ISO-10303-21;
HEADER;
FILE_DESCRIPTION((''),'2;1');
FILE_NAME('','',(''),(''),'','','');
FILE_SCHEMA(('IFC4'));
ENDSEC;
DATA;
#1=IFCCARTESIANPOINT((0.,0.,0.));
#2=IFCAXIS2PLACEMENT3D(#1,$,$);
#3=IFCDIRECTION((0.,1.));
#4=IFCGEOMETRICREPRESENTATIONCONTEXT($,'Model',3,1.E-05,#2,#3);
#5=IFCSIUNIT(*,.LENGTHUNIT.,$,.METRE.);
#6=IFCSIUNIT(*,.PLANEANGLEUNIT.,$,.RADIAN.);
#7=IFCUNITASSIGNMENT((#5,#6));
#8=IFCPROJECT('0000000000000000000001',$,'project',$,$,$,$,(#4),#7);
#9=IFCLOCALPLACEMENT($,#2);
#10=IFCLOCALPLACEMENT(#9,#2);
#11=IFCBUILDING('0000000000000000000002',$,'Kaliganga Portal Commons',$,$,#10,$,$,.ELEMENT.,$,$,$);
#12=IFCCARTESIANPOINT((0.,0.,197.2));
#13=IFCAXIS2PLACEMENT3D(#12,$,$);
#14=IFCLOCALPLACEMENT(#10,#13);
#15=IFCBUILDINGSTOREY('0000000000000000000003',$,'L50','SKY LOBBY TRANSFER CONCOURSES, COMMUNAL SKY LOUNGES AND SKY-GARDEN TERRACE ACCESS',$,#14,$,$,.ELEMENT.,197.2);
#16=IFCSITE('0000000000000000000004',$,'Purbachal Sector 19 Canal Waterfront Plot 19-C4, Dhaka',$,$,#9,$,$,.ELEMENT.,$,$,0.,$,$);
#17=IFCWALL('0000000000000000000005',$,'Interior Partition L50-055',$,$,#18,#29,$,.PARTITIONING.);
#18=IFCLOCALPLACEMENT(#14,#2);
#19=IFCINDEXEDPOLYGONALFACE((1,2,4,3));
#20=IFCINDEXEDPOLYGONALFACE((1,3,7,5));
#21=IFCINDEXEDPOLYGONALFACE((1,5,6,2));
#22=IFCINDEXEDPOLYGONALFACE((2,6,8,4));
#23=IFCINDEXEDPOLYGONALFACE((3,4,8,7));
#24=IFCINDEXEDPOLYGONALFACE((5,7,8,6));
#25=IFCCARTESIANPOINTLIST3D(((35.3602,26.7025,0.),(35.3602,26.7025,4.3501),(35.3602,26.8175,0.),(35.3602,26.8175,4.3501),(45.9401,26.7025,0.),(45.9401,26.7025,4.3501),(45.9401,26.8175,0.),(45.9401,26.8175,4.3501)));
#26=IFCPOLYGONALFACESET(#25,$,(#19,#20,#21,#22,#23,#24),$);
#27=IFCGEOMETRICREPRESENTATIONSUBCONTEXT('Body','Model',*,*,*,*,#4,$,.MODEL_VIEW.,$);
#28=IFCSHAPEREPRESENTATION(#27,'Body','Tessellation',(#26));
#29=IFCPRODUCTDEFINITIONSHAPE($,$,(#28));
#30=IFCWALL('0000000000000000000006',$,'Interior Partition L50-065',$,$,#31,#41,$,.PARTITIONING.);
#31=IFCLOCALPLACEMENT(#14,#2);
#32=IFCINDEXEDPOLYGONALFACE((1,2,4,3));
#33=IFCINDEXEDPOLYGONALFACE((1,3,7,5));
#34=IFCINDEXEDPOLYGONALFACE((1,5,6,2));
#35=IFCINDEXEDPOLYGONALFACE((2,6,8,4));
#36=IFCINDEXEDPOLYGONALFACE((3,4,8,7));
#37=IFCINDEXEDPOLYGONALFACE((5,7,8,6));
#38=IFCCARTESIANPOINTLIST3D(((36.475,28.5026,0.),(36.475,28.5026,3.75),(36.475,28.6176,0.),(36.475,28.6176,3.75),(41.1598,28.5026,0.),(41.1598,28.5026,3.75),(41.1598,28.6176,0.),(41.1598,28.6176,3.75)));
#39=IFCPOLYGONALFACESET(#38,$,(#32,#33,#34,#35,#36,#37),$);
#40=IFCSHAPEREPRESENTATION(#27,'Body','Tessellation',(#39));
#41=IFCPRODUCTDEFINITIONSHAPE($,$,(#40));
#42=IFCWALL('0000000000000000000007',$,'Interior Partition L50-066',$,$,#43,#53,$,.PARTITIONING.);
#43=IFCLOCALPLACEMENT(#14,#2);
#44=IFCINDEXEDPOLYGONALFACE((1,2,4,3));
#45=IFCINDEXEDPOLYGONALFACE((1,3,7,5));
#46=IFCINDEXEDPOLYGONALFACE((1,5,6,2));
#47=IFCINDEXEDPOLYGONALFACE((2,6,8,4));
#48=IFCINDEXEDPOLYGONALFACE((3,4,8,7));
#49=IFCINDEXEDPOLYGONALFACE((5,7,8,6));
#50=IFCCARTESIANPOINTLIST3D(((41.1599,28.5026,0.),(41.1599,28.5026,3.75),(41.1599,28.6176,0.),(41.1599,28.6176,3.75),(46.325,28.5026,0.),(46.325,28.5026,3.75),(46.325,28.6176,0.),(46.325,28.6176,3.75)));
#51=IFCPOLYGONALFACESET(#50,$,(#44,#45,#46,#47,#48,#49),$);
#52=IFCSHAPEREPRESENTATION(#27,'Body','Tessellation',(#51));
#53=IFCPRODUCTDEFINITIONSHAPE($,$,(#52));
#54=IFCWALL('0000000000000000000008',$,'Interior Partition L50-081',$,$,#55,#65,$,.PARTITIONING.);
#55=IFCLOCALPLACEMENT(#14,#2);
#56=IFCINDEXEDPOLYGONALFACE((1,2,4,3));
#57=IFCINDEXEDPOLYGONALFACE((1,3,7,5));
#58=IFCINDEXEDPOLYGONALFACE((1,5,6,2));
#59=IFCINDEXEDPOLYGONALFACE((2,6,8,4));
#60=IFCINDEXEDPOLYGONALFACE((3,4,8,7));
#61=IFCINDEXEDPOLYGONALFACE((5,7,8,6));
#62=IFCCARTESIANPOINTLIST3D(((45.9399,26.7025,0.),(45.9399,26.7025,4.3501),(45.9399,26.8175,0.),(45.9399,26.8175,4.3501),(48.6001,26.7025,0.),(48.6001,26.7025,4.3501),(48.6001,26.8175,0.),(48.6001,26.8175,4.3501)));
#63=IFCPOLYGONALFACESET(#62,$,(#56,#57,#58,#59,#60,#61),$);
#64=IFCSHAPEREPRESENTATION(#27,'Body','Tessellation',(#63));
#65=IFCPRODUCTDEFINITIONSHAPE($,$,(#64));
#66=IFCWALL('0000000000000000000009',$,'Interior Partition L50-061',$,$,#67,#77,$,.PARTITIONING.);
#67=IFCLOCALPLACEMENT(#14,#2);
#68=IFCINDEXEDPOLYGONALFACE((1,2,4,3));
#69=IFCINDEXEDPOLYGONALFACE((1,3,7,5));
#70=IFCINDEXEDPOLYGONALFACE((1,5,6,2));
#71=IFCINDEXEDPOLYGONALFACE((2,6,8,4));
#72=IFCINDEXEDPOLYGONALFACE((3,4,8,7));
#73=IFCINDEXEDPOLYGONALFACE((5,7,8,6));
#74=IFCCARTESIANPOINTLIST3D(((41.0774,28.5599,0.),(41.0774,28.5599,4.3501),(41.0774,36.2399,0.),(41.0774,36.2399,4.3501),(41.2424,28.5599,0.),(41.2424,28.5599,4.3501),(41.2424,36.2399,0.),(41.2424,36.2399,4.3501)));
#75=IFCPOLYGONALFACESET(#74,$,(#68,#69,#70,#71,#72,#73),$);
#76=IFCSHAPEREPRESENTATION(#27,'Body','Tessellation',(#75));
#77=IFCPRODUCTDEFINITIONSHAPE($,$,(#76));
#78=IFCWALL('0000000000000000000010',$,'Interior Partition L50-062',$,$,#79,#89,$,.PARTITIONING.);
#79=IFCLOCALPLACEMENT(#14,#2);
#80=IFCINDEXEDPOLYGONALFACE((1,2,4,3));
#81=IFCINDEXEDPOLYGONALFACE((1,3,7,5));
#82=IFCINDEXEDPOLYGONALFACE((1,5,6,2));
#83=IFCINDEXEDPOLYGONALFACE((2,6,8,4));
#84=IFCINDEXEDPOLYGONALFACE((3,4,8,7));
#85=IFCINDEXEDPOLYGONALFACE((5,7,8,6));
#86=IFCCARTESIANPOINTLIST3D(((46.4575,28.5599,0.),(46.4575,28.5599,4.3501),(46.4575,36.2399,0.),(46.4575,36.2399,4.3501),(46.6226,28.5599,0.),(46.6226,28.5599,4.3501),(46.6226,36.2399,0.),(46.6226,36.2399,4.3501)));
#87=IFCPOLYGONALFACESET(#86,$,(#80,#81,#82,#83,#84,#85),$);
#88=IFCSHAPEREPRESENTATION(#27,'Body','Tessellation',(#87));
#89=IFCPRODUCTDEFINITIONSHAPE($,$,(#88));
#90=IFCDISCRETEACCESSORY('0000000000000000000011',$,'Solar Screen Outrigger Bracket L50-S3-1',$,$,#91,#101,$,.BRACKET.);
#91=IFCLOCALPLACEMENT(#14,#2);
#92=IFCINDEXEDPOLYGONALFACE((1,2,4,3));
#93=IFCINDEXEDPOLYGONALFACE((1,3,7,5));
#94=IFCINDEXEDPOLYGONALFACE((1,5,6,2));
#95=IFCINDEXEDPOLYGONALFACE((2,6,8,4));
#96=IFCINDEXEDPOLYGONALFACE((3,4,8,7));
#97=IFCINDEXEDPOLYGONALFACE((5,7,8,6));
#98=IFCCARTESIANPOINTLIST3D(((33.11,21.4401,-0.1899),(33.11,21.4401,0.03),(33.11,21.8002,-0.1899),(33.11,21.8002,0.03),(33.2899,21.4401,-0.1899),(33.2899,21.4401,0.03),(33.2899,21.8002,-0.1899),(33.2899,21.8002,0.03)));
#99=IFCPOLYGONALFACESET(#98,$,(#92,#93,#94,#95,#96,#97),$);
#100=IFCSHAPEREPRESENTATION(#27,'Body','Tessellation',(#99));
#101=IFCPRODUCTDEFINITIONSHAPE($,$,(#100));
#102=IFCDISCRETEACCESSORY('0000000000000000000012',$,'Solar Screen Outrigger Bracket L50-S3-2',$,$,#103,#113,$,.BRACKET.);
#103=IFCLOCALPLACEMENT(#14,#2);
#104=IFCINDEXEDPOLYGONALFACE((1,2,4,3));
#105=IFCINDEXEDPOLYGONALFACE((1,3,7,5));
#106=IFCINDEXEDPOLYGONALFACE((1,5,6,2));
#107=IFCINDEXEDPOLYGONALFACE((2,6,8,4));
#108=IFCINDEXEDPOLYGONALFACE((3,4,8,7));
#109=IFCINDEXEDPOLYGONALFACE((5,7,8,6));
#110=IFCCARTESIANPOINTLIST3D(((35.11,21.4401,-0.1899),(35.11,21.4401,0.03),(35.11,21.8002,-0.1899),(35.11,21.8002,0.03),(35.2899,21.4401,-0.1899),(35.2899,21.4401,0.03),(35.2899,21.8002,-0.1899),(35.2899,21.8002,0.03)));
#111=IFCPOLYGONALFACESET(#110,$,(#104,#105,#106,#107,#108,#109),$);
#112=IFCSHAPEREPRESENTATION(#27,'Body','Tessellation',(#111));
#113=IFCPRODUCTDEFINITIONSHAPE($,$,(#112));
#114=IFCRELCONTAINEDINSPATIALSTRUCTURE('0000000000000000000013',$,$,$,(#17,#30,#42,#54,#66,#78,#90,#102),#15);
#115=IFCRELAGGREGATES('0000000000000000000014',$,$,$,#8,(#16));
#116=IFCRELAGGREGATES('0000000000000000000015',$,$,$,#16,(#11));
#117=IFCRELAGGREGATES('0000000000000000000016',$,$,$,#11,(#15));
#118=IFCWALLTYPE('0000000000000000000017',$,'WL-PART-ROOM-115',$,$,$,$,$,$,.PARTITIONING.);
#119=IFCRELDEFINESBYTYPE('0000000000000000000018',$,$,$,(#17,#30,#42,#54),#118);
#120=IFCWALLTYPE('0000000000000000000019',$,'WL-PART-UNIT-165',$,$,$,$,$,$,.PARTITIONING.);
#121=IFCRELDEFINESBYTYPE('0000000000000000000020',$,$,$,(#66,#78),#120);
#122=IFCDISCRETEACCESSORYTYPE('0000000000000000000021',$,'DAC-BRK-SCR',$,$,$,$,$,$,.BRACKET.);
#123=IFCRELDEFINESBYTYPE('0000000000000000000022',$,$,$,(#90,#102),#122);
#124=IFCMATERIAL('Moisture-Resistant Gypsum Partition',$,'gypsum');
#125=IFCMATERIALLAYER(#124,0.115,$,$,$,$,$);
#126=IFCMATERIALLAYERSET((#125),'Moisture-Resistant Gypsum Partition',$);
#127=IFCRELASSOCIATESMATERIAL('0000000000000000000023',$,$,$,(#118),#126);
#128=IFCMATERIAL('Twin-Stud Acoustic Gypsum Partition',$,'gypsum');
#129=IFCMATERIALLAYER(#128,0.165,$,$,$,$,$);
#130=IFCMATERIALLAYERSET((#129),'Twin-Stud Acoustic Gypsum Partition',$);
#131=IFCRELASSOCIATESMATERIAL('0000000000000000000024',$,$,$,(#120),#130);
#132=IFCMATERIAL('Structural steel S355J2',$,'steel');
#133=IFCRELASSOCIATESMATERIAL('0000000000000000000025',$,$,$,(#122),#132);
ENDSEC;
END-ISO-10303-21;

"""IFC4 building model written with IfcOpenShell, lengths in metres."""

from ifc_helpers import new_model, si_unit, direction, frame, frame_2d, origin, origin_2d, place, context, subcontext, project, spatial, rectangle, extrude, source, transform, mapped, material, layer, layer_set, type_object, element, save


model = new_model("IFC4")

# Units and contexts
model_context = context("Model", 3, precision=1e-05, world=origin(), true_north=direction((0.0, 1.0)))
body_context = subcontext(model_context, "Body", "Model", "MODEL_VIEW")
ifc_project = project(units=[si_unit("LENGTHUNIT", "METRE"), si_unit("PLANEANGLEUNIT", "RADIAN")], contexts=[model_context])

# Site, building, storey
site_placement = place(None, origin())
site = spatial("IfcSite", under=ifc_project, at=site_placement, Name="Purbachal Sector 19 Canal Waterfront Plot 19-C4, Dhaka", CompositionType="ELEMENT", RefElevation=0.0)
building_placement = place(site_placement, origin())
building = spatial("IfcBuilding", under=site, at=building_placement, Name="Kaliganga Portal Commons", CompositionType="ELEMENT")
storey_placement = place(building_placement, frame((0.0, 0.0, 197.2)))
storey = spatial("IfcBuildingStorey", under=building, at=storey_placement, Name="L50", Description="SKY LOBBY TRANSFER CONCOURSES, COMMUNAL SKY LOUNGES AND SKY-GARDEN TERRACE ACCESS", CompositionType="ELEMENT", Elevation=197.2)

# Shared definitions
ifc_material_1 = material(Name="Structural steel S355J2", Category="steel")

# Walls
ifc_material_2 = material(Name="Moisture-Resistant Gypsum Partition", Category="gypsum")
ifc_layer_1 = layer(ifc_material_2, 0.115)
ifc_layer_set_1 = layer_set([ifc_layer_1], Name="Moisture-Resistant Gypsum Partition")
wall_type_1 = type_object("IfcWallType", Name="WL-PART-ROOM-115", PredefinedType="PARTITIONING", material=ifc_layer_set_1)
wall_1_placement = place(storey_placement, frame((35.3601, 26.76, 0.0), z_axis=(0.0, 0.0, 1.0), x_axis=(1.0, 0.0, 0.0)))
element("IfcWall", 1, at=wall_1_placement, inside=storey, type_object=wall_type_1, Name="Interior Partition L50-055", PredefinedType="PARTITIONING", context=body_context, shape_type="SweptSolid", body=[
    extrude(rectangle(XDim=10.5798, YDim=0.115, at=frame_2d((5.29, 0.0))), origin(), (0.0, 0.0, 1.0), 4.3501),
])
wall_2_placement = place(storey_placement, frame((36.4751, 28.5601, 0.0), z_axis=(0.0, 0.0, 1.0), x_axis=(1.0, 0.0, 0.0)))
element("IfcWall", 2, at=wall_2_placement, inside=storey, type_object=wall_type_1, Name="Interior Partition L50-065", PredefinedType="PARTITIONING", context=body_context, shape_type="SweptSolid", body=[
    extrude(rectangle(XDim=4.6848, YDim=0.115, at=frame_2d((2.3423, 0.0))), origin(), (0.0, 0.0, 1.0), 3.75),
])
wall_3_placement = place(storey_placement, frame((41.1599, 28.5601, 0.0), z_axis=(0.0, 0.0, 1.0), x_axis=(1.0, 0.0, 0.0)))
element("IfcWall", 3, at=wall_3_placement, inside=storey, type_object=wall_type_1, Name="Interior Partition L50-066", PredefinedType="PARTITIONING", context=body_context, shape_type="SweptSolid", body=[
    extrude(rectangle(XDim=5.165, YDim=0.115, at=frame_2d((2.5825, 0.0))), origin(), (0.0, 0.0, 1.0), 3.75),
])
wall_4_placement = place(storey_placement, frame((45.9399, 26.76, 0.0), z_axis=(0.0, 0.0, 1.0), x_axis=(1.0, 0.0, 0.0)))
element("IfcWall", 4, at=wall_4_placement, inside=storey, type_object=wall_type_1, Name="Interior Partition L50-081", PredefinedType="PARTITIONING", context=body_context, shape_type="SweptSolid", body=[
    extrude(rectangle(XDim=2.6602, YDim=0.115, at=frame_2d((1.3301, 0.0))), origin(), (0.0, 0.0, 1.0), 4.3501),
])
ifc_material_3 = material(Name="Twin-Stud Acoustic Gypsum Partition", Category="gypsum")
ifc_layer_2 = layer(ifc_material_3, 0.165)
ifc_layer_set_2 = layer_set([ifc_layer_2], Name="Twin-Stud Acoustic Gypsum Partition")
wall_type_2 = type_object("IfcWallType", Name="WL-PART-UNIT-165", PredefinedType="PARTITIONING", material=ifc_layer_set_2)
for number, where, z_axis, x_axis, name in (
    (5, (41.1599, 28.5601, 0.0), (0.0, 0.0, 1.0), (0.0, 1.0, 0.0), "Interior Partition L50-061"),
    (6, (46.54, 28.5601, 0.0), (0.0, 0.0, 1.0), (0.0, 1.0, 0.0), "Interior Partition L50-062"),
):
    element("IfcWall", number, at=place(storey_placement, frame(where, z_axis=z_axis, x_axis=x_axis)), inside=storey, type_object=wall_type_2, Name=name, PredefinedType="PARTITIONING", context=body_context, shape_type="SweptSolid", body=[
        extrude(rectangle(XDim=7.6799, YDim=0.165, at=frame_2d((3.8398, 0.0))), origin(), (0.0, 0.0, 1.0), 4.3501),
    ])

# Discrete accessories
discrete_accessory_type = type_object("IfcDiscreteAccessoryType", Name="DAC-BRK-SCR", PredefinedType="BRACKET", material=ifc_material_1)
shared_shape_1 = source(origin(), body_context, "Body", "SweptSolid", [
    extrude(rectangle(XDim=0.1799, YDim=0.3601, at=origin_2d()), origin(), (0.0, 0.0, 1.0), 0.22),
])
for number, where, z_axis, x_axis, name in (
    (7, (33.2, 21.6201, -0.1899), (0.0, 0.0, 1.0), (1.0, 0.0, 0.0), "Solar Screen Outrigger Bracket L50-S3-1"),
    (8, (35.2, 21.6201, -0.1899), (0.0, 0.0, 1.0), (1.0, 0.0, 0.0), "Solar Screen Outrigger Bracket L50-S3-2"),
):
    element("IfcDiscreteAccessory", number, at=place(storey_placement, frame(where, z_axis=z_axis, x_axis=x_axis)), inside=storey, type_object=discrete_accessory_type, Name=name, PredefinedType="BRACKET", context=body_context, shape_type="MappedRepresentation", body=[
        mapped(shared_shape_1, transform((0.0, 0.0, 0.0), x_axis=(1.0, 0.0, 0.0), y_axis=(0.0, 1.0, 0.0), z_axis=(0.0, 0.0, 1.0), scale=1.0)),
    ])

save(model, "model.ifc")
